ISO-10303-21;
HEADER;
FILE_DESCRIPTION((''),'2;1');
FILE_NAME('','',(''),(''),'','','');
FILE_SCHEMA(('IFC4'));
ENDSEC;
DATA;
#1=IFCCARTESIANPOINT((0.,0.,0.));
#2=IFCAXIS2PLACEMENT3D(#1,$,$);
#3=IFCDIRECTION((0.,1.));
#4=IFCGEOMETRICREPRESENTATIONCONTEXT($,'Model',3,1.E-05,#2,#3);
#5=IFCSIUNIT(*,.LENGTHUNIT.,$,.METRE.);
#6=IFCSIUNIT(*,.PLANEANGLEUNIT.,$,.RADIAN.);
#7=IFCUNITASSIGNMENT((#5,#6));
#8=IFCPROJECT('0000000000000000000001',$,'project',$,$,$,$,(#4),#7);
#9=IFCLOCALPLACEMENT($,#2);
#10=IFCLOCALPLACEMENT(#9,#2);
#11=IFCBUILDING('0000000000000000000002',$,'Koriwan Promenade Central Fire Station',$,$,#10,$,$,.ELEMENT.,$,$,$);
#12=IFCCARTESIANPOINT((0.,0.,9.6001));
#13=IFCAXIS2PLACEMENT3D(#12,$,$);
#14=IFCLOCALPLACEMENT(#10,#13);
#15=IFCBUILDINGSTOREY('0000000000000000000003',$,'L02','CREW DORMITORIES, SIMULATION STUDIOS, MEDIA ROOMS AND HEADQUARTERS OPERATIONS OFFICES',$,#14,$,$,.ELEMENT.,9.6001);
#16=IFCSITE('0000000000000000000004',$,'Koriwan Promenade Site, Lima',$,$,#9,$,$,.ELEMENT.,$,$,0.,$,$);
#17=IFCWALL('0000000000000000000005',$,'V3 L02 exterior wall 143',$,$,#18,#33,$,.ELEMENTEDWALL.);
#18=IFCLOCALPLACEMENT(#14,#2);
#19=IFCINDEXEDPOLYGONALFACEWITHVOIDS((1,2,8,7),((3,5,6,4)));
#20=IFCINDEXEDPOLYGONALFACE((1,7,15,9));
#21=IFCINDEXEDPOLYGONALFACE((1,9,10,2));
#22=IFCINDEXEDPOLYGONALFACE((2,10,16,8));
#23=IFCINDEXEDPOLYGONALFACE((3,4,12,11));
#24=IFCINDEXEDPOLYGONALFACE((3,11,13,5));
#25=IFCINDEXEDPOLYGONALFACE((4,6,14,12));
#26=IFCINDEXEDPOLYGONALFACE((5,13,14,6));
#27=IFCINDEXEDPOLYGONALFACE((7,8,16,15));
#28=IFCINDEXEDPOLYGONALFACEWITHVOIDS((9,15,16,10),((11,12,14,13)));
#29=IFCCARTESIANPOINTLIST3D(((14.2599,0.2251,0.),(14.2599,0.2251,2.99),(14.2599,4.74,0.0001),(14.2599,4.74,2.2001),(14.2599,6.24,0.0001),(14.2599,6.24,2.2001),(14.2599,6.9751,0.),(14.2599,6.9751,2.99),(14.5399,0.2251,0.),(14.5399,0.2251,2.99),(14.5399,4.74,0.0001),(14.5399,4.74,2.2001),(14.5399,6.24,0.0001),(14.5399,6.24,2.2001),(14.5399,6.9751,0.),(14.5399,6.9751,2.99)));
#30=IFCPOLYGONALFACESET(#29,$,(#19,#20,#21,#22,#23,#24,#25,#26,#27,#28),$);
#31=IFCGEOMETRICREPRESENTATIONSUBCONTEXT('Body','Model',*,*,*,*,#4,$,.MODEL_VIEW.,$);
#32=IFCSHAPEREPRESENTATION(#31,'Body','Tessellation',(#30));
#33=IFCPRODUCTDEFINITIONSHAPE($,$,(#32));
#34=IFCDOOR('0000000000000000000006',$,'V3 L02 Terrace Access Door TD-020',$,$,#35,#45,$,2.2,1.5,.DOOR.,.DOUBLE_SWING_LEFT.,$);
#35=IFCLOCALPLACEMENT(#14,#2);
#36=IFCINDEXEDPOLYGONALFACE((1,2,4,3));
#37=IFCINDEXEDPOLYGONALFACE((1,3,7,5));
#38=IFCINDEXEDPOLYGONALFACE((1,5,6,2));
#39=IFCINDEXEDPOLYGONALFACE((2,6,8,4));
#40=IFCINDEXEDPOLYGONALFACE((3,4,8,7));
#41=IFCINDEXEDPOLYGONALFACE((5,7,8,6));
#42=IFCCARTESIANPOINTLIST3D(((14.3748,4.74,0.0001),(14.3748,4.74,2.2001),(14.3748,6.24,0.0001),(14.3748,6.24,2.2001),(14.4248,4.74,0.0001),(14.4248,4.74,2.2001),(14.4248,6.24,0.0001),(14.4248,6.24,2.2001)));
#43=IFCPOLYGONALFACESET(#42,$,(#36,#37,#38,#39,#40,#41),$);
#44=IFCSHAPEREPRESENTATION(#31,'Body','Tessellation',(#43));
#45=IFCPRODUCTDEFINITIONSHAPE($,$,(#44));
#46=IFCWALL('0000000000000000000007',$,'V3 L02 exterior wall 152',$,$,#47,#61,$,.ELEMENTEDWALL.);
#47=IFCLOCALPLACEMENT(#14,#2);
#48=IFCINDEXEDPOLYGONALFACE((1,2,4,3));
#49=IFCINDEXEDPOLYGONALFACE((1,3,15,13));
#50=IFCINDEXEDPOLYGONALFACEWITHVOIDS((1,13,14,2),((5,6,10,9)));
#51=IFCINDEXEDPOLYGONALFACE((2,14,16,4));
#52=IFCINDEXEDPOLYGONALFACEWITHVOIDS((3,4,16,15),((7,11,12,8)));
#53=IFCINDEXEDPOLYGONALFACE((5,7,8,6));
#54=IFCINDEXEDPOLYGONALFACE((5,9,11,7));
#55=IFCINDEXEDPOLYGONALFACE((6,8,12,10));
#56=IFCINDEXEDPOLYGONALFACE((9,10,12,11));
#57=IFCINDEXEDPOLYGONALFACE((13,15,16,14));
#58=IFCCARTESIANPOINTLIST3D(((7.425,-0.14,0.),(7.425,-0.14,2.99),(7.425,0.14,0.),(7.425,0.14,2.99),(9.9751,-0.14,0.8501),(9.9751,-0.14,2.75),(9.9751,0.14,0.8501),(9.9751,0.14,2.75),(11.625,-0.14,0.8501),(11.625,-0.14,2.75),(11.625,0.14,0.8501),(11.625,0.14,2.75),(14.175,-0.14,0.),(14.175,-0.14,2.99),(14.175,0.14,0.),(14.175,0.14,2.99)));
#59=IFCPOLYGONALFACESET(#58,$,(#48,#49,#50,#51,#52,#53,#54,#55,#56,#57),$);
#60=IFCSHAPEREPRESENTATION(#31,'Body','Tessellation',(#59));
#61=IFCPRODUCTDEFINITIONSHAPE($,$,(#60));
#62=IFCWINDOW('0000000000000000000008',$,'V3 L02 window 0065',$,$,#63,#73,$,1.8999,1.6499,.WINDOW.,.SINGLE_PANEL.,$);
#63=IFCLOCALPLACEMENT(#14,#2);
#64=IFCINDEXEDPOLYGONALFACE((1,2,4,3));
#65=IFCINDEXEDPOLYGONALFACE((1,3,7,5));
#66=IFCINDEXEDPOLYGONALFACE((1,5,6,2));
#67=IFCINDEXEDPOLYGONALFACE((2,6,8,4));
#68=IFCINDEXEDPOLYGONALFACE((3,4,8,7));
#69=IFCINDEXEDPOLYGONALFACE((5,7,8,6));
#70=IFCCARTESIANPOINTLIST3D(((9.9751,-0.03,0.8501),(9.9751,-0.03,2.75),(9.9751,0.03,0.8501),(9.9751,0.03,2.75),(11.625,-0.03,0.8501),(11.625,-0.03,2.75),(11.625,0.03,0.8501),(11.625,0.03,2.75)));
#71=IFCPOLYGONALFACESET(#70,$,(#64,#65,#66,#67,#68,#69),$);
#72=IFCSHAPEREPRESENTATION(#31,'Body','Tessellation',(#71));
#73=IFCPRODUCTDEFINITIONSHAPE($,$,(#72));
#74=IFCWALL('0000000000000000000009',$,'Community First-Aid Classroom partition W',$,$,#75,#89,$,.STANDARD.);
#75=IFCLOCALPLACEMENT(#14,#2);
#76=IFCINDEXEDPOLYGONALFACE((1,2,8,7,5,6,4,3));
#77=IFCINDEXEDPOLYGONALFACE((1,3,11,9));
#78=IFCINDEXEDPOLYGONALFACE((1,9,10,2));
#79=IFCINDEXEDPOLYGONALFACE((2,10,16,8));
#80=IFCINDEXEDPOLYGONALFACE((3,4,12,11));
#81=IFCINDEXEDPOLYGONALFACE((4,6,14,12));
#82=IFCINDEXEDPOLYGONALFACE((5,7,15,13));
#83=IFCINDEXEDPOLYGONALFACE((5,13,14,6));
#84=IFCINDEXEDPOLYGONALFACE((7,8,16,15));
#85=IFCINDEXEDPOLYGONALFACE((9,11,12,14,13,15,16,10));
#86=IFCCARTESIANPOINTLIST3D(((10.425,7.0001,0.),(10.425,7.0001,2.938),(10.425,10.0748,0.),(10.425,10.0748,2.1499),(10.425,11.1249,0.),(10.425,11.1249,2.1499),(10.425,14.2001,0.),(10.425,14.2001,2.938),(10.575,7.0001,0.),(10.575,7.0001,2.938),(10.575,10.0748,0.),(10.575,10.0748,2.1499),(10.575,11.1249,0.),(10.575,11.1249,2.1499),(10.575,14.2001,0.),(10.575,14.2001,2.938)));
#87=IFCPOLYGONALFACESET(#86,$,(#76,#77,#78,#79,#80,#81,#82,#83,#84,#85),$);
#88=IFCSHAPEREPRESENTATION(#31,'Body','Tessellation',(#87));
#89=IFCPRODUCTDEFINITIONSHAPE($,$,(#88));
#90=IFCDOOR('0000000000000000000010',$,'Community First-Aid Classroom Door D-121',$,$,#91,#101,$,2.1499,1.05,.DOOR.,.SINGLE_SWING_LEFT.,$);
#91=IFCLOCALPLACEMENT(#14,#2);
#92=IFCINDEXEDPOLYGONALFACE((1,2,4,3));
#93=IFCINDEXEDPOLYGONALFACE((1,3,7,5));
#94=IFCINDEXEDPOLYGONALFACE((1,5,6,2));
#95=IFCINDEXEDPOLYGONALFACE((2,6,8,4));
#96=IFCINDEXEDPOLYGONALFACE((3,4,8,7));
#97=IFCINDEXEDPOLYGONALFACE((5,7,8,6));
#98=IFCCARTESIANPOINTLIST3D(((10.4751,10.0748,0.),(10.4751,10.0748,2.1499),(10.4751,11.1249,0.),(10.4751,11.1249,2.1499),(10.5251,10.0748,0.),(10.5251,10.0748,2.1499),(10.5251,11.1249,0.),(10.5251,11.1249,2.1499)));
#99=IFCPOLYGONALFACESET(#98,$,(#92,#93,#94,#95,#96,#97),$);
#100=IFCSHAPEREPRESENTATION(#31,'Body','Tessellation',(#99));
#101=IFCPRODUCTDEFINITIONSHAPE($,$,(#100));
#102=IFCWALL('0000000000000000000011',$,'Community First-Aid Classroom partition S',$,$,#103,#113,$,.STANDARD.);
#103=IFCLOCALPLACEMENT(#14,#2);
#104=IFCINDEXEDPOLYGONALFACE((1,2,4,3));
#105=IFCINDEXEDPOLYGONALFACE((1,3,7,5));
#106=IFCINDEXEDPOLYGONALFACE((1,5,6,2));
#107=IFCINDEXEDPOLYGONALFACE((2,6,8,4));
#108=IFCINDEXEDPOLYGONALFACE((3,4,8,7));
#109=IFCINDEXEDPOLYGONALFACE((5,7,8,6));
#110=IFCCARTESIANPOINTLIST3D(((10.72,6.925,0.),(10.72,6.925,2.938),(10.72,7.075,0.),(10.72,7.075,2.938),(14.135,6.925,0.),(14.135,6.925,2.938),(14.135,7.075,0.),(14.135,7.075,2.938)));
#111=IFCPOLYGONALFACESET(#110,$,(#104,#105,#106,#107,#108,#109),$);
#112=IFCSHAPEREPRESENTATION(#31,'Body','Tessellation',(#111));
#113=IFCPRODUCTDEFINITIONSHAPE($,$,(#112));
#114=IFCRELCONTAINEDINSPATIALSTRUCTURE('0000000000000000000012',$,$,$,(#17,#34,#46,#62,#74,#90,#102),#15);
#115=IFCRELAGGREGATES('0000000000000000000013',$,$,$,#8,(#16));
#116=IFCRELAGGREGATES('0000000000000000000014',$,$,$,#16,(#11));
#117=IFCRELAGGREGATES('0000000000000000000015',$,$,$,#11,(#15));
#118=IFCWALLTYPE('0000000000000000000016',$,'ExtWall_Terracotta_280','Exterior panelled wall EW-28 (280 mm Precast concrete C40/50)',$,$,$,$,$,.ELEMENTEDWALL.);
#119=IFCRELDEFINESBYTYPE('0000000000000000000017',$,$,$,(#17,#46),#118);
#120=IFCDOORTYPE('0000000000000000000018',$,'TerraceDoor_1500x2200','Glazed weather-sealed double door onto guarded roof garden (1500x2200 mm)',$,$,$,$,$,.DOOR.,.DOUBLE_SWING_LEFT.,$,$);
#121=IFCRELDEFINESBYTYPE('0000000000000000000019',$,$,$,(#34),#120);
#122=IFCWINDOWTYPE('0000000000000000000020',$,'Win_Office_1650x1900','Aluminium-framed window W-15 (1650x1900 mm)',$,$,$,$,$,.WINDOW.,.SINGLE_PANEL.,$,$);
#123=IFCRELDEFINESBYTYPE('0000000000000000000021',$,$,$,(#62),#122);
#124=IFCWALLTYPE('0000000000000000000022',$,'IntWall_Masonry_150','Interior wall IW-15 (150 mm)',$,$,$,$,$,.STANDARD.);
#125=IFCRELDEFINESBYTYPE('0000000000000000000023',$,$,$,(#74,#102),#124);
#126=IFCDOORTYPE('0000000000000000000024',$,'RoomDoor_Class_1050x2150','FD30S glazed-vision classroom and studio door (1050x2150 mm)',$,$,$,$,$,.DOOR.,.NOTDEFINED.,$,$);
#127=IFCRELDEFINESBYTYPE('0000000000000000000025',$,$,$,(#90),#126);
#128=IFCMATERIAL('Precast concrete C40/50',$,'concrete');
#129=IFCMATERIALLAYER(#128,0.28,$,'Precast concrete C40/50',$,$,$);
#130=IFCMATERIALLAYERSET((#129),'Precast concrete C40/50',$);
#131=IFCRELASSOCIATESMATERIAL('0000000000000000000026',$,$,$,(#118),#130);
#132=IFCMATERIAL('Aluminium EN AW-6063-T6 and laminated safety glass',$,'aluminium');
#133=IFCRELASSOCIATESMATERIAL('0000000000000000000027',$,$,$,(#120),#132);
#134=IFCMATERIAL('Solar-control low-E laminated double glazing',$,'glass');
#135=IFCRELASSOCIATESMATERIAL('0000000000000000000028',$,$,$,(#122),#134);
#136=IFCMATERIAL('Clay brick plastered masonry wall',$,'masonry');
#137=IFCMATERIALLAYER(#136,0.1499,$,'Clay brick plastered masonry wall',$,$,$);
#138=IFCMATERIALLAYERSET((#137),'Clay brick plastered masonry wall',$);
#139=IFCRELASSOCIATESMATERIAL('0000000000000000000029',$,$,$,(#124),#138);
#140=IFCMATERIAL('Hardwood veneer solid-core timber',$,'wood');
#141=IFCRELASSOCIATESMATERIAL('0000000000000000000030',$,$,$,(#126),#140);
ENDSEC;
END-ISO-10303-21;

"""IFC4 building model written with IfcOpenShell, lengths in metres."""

from ifc_helpers import new_model, si_unit, direction, frame, frame_2d, origin, place, context, subcontext, project, spatial, rectangle, extrude, material, layer, layer_set, type_object, element, fill, save


model = new_model("IFC4")

# Units and contexts
model_context = context("Model", 3, precision=1e-05, world=origin(), true_north=direction((0.0, 1.0)))
body_context = subcontext(model_context, "Body", "Model", "MODEL_VIEW")
ifc_project = project(units=[si_unit("LENGTHUNIT", "METRE"), si_unit("PLANEANGLEUNIT", "RADIAN")], contexts=[model_context])

# Site, building, storey
site_placement = place(None, origin())
site = spatial("IfcSite", under=ifc_project, at=site_placement, Name="Koriwan Promenade Site, Lima", CompositionType="ELEMENT", RefElevation=0.0)
building_placement = place(site_placement, origin())
building = spatial("IfcBuilding", under=site, at=building_placement, Name="Koriwan Promenade Central Fire Station", CompositionType="ELEMENT")
storey_placement = place(building_placement, frame((0.0, 0.0, 9.6001)))
storey = spatial("IfcBuildingStorey", under=building, at=storey_placement, Name="L02", Description="CREW DORMITORIES, SIMULATION STUDIOS, MEDIA ROOMS AND HEADQUARTERS OPERATIONS OFFICES", CompositionType="ELEMENT", Elevation=9.6001)

# Wall, opening, door
ifc_material_1 = material(Name="Precast concrete C40/50", Category="concrete")
ifc_layer_1 = layer(ifc_material_1, 0.28, Name="Precast concrete C40/50")
ifc_layer_set_1 = layer_set([ifc_layer_1], Name="Precast concrete C40/50")
wall_type_1 = type_object("IfcWallType", Name="ExtWall_Terracotta_280", Description="Exterior panelled wall EW-28 (280 mm Precast concrete C40/50)", PredefinedType="ELEMENTEDWALL", material=ifc_layer_set_1)
wall_1_placement = place(storey_placement, frame((14.3999, 0.2251, 0.0), z_axis=(0.0, 0.0, 1.0), x_axis=(0.0, 1.0, 0.0)))
wall_1 = element("IfcWall", 1, at=wall_1_placement, inside=storey, type_object=wall_type_1, Name="V3 L02 exterior wall 143", PredefinedType="ELEMENTEDWALL", context=body_context, shape_type="SweptSolid", body=[
    extrude(rectangle(XDim=6.75, YDim=0.28, at=frame_2d((3.375, 0.0))), origin(), (0.0, 0.0, 1.0), 2.99),
])
opening_1_placement = place(wall_1_placement, frame((4.5149, 0.0, 0.0)))
opening_1 = element("IfcOpeningElement", 2, at=opening_1_placement, cuts=wall_1, PredefinedType="OPENING", context=body_context, shape_type="SweptSolid", body=[
    extrude(rectangle(XDim=1.5, YDim=2.2, at=frame_2d((0.75, 1.1001))), frame((0.0, 0.1519, 0.0), z_axis=(0.0, -1.0, 0.0), x_axis=(1.0, 0.0, 0.0)), (0.0, 0.0, 1.0), 0.304),
])
ifc_material_2 = material(Name="Aluminium EN AW-6063-T6 and laminated safety glass", Category="aluminium")
door_type_1 = type_object("IfcDoorType", Name="TerraceDoor_1500x2200", Description="Glazed weather-sealed double door onto guarded roof garden (1500x2200 mm)", OperationType="DOUBLE_SWING_LEFT", PredefinedType="DOOR", material=ifc_material_2)
door_1_placement = place(opening_1_placement, frame((1.5, 0.0, 0.0), z_axis=(0.0, 0.0, 1.0), x_axis=(-1.0, 0.0, 0.0)))
door_1 = element("IfcDoor", 3, at=door_1_placement, inside=storey, type_object=door_type_1, Name="V3 L02 Terrace Access Door TD-020", OperationType="DOUBLE_SWING_LEFT", OverallHeight=2.2, OverallWidth=1.5, PredefinedType="DOOR", context=body_context, shape_type="SweptSolid", body=[
    extrude(rectangle(XDim=1.5, YDim=2.2, at=frame_2d((0.75, 1.1001))), frame((0.0, 0.0249, 0.0), z_axis=(0.0, -1.0, 0.0), x_axis=(1.0, 0.0, 0.0)), (0.0, 0.0, 1.0), 0.05),
])
fill(opening_1, door_1)

# Wall, opening, window
wall_2_placement = place(storey_placement, frame((7.425, 0.0, 0.0), z_axis=(0.0, 0.0, 1.0), x_axis=(1.0, 0.0, 0.0)))
wall_2 = element("IfcWall", 4, at=wall_2_placement, inside=storey, type_object=wall_type_1, Name="V3 L02 exterior wall 152", PredefinedType="ELEMENTEDWALL", context=body_context, shape_type="SweptSolid", body=[
    extrude(rectangle(XDim=6.75, YDim=0.28, at=frame_2d((3.375, 0.0))), origin(), (0.0, 0.0, 1.0), 2.99),
])
opening_2_placement = place(wall_2_placement, frame((2.55, 0.0, 0.8501)))
opening_2 = element("IfcOpeningElement", 5, at=opening_2_placement, cuts=wall_2, PredefinedType="OPENING", context=body_context, shape_type="SweptSolid", body=[
    extrude(rectangle(XDim=1.6499, YDim=1.8999, at=frame_2d((0.825, 0.95))), frame((0.0, 0.1519, 0.0), z_axis=(0.0, -1.0, 0.0), x_axis=(1.0, 0.0, 0.0)), (0.0, 0.0, 1.0), 0.304),
])
ifc_material_3 = material(Name="Solar-control low-E laminated double glazing", Category="glass")
window_type = type_object("IfcWindowType", Name="Win_Office_1650x1900", Description="Aluminium-framed window W-15 (1650x1900 mm)", PartitioningType="SINGLE_PANEL", PredefinedType="WINDOW", material=ifc_material_3)
window_placement = place(opening_2_placement, origin())
window = element("IfcWindow", 6, at=window_placement, inside=storey, type_object=window_type, Name="V3 L02 window 0065", OverallHeight=1.8999, OverallWidth=1.6499, PartitioningType="SINGLE_PANEL", PredefinedType="WINDOW", context=body_context, shape_type="SweptSolid", body=[
    extrude(rectangle(XDim=1.6499, YDim=1.8999, at=frame_2d((0.825, 0.95))), frame((0.0, 0.03, 0.0), z_axis=(0.0, -1.0, 0.0), x_axis=(1.0, 0.0, 0.0)), (0.0, 0.0, 1.0), 0.0601),
])
fill(opening_2, window)

# Wall, opening, door
ifc_material_4 = material(Name="Clay brick plastered masonry wall", Category="masonry")
ifc_layer_2 = layer(ifc_material_4, 0.1499, Name="Clay brick plastered masonry wall")
ifc_layer_set_2 = layer_set([ifc_layer_2], Name="Clay brick plastered masonry wall")
wall_type_2 = type_object("IfcWallType", Name="IntWall_Masonry_150", Description="Interior wall IW-15 (150 mm)", PredefinedType="STANDARD", material=ifc_layer_set_2)
wall_3_placement = place(storey_placement, frame((10.5, 7.0, 0.0), z_axis=(0.0, 0.0, 1.0), x_axis=(0.0, 1.0, 0.0)))
wall_3 = element("IfcWall", 7, at=wall_3_placement, inside=storey, type_object=wall_type_2, Name="Community First-Aid Classroom partition W", PredefinedType="STANDARD", context=body_context, shape_type="SweptSolid", body=[
    extrude(rectangle(XDim=7.2, YDim=0.1499, at=frame_2d((3.6001, 0.0))), origin(), (0.0, 0.0, 1.0), 2.938),
])
opening_3_placement = place(wall_3_placement, frame((3.075, 0.0, 0.0)))
opening_3 = element("IfcOpeningElement", 8, at=opening_3_placement, cuts=wall_3, PredefinedType="OPENING", context=body_context, shape_type="SweptSolid", body=[
    extrude(rectangle(XDim=1.05, YDim=2.1499, at=frame_2d((0.5249, 1.075))), frame((0.0, 0.0869, 0.0), z_axis=(0.0, -1.0, 0.0), x_axis=(1.0, 0.0, 0.0)), (0.0, 0.0, 1.0), 0.1738),
])
ifc_material_5 = material(Name="Hardwood veneer solid-core timber", Category="wood")
door_type_2 = type_object("IfcDoorType", Name="RoomDoor_Class_1050x2150", Description="FD30S glazed-vision classroom and studio door (1050x2150 mm)", OperationType="NOTDEFINED", PredefinedType="DOOR", material=ifc_material_5)
door_2_placement = place(opening_3_placement, origin())
door_2 = element("IfcDoor", 9, at=door_2_placement, inside=storey, type_object=door_type_2, Name="Community First-Aid Classroom Door D-121", OperationType="SINGLE_SWING_LEFT", OverallHeight=2.1499, OverallWidth=1.05, PredefinedType="DOOR", context=body_context, shape_type="SweptSolid", body=[
    extrude(rectangle(XDim=1.05, YDim=2.1499, at=frame_2d((0.5249, 1.075))), frame((0.0, 0.0249, 0.0), z_axis=(0.0, -1.0, 0.0), x_axis=(1.0, 0.0, 0.0)), (0.0, 0.0, 1.0), 0.05),
])
fill(opening_3, door_2)

# Wall
wall_4_placement = place(storey_placement, frame((10.72, 7.0, 0.0), z_axis=(0.0, 0.0, 1.0), x_axis=(1.0, 0.0, 0.0)))
element("IfcWall", 10, at=wall_4_placement, inside=storey, type_object=wall_type_2, Name="Community First-Aid Classroom partition S", PredefinedType="STANDARD", context=body_context, shape_type="SweptSolid", body=[
    extrude(rectangle(XDim=3.415, YDim=0.1499, at=frame_2d((1.7075, 0.0))), origin(), (0.0, 0.0, 1.0), 2.938),
])

save(model, "model.ifc")
